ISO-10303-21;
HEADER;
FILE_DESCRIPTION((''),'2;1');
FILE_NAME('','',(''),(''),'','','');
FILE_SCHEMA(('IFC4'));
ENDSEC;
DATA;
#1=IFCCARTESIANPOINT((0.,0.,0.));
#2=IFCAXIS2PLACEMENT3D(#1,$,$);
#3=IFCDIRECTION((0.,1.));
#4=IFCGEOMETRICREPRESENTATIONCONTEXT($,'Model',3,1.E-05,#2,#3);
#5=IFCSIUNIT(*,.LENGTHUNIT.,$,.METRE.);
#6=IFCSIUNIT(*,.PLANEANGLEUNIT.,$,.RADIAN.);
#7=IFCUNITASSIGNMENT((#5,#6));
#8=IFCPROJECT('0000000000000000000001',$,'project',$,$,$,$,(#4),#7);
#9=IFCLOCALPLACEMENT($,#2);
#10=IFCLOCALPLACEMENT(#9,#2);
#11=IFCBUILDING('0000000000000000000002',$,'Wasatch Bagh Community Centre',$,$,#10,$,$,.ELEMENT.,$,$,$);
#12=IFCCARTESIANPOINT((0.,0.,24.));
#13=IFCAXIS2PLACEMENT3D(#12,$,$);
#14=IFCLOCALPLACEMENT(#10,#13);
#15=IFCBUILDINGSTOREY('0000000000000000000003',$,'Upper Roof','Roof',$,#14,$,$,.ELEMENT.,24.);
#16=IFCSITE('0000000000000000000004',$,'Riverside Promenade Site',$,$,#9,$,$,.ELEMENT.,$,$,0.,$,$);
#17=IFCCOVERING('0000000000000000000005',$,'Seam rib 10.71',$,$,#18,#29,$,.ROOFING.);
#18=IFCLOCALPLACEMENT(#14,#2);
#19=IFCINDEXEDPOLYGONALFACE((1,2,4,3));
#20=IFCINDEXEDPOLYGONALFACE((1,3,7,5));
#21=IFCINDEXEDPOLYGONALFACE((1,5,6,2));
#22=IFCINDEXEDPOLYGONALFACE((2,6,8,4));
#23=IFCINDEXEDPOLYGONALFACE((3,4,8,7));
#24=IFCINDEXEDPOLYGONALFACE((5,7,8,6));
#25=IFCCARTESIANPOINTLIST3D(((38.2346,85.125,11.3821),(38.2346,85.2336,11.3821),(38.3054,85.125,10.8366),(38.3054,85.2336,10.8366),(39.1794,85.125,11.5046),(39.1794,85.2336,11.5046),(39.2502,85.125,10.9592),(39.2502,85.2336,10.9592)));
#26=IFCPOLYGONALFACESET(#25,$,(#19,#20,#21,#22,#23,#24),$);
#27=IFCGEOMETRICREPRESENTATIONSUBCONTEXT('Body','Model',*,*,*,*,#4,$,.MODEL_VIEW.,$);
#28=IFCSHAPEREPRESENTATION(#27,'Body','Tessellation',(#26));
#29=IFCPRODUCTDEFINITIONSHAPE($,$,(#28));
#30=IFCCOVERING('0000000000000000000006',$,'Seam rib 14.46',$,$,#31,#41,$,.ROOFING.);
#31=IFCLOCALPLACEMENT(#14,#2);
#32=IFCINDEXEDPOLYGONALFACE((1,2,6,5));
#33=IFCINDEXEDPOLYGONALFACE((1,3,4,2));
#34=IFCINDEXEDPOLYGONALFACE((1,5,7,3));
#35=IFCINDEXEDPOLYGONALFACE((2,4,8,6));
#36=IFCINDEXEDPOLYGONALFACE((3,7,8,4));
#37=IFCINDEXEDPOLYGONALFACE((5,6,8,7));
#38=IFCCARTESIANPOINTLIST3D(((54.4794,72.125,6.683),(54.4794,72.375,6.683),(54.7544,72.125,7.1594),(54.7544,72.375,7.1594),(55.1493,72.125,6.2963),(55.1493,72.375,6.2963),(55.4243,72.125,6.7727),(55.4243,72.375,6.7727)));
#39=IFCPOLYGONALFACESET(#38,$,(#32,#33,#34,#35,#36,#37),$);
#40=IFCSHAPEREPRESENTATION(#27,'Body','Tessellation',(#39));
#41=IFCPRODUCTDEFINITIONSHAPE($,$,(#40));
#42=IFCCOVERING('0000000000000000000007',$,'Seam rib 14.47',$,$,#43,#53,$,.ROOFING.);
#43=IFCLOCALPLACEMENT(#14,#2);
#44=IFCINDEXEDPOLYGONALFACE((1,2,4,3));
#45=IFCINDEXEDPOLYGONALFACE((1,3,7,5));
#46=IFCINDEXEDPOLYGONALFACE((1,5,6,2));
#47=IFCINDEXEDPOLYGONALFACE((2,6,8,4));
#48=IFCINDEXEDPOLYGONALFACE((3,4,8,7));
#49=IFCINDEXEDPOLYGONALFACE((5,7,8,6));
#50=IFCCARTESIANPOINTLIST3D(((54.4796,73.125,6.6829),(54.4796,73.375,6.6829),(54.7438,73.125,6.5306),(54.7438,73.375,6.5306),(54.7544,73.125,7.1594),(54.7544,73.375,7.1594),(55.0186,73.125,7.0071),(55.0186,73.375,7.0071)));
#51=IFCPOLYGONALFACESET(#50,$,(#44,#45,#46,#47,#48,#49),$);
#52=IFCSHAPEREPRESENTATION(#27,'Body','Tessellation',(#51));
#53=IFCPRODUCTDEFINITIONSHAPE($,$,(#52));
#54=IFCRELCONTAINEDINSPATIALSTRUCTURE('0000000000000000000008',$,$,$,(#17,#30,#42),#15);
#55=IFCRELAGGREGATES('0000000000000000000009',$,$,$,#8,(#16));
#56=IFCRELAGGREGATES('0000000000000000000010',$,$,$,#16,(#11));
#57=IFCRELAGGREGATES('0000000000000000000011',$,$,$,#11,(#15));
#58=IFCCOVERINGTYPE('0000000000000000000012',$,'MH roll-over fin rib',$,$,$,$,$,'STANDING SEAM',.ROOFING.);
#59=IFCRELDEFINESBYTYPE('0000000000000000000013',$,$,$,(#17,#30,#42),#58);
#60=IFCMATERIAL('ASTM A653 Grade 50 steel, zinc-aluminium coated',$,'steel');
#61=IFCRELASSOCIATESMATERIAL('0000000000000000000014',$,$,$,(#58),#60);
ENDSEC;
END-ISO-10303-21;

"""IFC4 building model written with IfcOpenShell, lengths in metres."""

from ifc_helpers import new_model, si_unit, direction, frame, origin, place, context, subcontext, project, spatial, polyline, outline, extrude, material, type_object, element, save


model = new_model("IFC4")

# Units and contexts
model_context = context("Model", 3, precision=1e-05, world=origin(), true_north=direction((0.0, 1.0)))
body_context = subcontext(model_context, "Body", "Model", "MODEL_VIEW")
ifc_project = project(units=[si_unit("LENGTHUNIT", "METRE"), si_unit("PLANEANGLEUNIT", "RADIAN")], contexts=[model_context])

# Site, building, storey
site_placement = place(None, origin())
site = spatial("IfcSite", under=ifc_project, at=site_placement, Name="Riverside Promenade Site", CompositionType="ELEMENT", RefElevation=0.0)
building_placement = place(site_placement, origin())
building = spatial("IfcBuilding", under=site, at=building_placement, Name="Wasatch Bagh Community Centre", CompositionType="ELEMENT")
storey_placement = place(building_placement, frame((0.0, 0.0, 24.0)))
storey = spatial("IfcBuildingStorey", under=building, at=storey_placement, Name="Upper Roof", Description="Roof", CompositionType="ELEMENT", Elevation=24.0)

# Coverings
ifc_material_1 = material(Name="ASTM A653 Grade 50 steel, zinc-aluminium coated", Category="steel")
covering_type = type_object("IfcCoveringType", Name="MH roll-over fin rib", ElementType="STANDING SEAM", PredefinedType="ROOFING", material=ifc_material_1)
covering_1_placement = place(storey_placement, frame((38.2346, 85.125, 11.3821), z_axis=(-0.128638, 0.0, 0.991692), x_axis=(0.991692, 0.0, 0.128638)))
element("IfcCovering", 1, at=covering_1_placement, inside=storey, type_object=covering_type, Name="Seam rib 10.71", PredefinedType="ROOFING", context=body_context, shape_type="SweptSolid", body=[
    extrude(outline(polyline([(0.0, 0.0), (0.9527, 0.0), (0.9527, 0.1086), (0.0, 0.1086), (0.0, 0.0)])), origin(), (0.0, 0.0, -1.0), 0.55),
])
covering_2_placement = place(storey_placement, frame((54.7544, 72.125, 7.1594), z_axis=(0.499941, 0.0, 0.866059), x_axis=(0.866059, 0.0, -0.499941)))
element("IfcCovering", 2, at=covering_2_placement, inside=storey, type_object=covering_type, Name="Seam rib 14.46", PredefinedType="ROOFING", context=body_context, shape_type="SweptSolid", body=[
    extrude(outline(polyline([(0.0, 0.0), (0.7735, 0.0), (0.7735, 0.25), (0.0, 0.25), (0.0, 0.0)])), origin(), (0.0, 0.0, -1.0), 0.55),
])
covering_3_placement = place(storey_placement, frame((54.7544, 73.125, 7.1594), z_axis=(0.499584, 0.0, 0.866266), x_axis=(0.866266, 0.0, -0.499584)))
element("IfcCovering", 3, at=covering_3_placement, inside=storey, type_object=covering_type, Name="Seam rib 14.47", PredefinedType="ROOFING", context=body_context, shape_type="SweptSolid", body=[
    extrude(outline(polyline([(0.0, 0.0), (0.3049, 0.0), (0.3049, 0.25), (0.0, 0.25), (0.0, 0.0)])), origin(), (0.0, 0.0, -1.0), 0.55),
])

save(model, "model.ifc")
